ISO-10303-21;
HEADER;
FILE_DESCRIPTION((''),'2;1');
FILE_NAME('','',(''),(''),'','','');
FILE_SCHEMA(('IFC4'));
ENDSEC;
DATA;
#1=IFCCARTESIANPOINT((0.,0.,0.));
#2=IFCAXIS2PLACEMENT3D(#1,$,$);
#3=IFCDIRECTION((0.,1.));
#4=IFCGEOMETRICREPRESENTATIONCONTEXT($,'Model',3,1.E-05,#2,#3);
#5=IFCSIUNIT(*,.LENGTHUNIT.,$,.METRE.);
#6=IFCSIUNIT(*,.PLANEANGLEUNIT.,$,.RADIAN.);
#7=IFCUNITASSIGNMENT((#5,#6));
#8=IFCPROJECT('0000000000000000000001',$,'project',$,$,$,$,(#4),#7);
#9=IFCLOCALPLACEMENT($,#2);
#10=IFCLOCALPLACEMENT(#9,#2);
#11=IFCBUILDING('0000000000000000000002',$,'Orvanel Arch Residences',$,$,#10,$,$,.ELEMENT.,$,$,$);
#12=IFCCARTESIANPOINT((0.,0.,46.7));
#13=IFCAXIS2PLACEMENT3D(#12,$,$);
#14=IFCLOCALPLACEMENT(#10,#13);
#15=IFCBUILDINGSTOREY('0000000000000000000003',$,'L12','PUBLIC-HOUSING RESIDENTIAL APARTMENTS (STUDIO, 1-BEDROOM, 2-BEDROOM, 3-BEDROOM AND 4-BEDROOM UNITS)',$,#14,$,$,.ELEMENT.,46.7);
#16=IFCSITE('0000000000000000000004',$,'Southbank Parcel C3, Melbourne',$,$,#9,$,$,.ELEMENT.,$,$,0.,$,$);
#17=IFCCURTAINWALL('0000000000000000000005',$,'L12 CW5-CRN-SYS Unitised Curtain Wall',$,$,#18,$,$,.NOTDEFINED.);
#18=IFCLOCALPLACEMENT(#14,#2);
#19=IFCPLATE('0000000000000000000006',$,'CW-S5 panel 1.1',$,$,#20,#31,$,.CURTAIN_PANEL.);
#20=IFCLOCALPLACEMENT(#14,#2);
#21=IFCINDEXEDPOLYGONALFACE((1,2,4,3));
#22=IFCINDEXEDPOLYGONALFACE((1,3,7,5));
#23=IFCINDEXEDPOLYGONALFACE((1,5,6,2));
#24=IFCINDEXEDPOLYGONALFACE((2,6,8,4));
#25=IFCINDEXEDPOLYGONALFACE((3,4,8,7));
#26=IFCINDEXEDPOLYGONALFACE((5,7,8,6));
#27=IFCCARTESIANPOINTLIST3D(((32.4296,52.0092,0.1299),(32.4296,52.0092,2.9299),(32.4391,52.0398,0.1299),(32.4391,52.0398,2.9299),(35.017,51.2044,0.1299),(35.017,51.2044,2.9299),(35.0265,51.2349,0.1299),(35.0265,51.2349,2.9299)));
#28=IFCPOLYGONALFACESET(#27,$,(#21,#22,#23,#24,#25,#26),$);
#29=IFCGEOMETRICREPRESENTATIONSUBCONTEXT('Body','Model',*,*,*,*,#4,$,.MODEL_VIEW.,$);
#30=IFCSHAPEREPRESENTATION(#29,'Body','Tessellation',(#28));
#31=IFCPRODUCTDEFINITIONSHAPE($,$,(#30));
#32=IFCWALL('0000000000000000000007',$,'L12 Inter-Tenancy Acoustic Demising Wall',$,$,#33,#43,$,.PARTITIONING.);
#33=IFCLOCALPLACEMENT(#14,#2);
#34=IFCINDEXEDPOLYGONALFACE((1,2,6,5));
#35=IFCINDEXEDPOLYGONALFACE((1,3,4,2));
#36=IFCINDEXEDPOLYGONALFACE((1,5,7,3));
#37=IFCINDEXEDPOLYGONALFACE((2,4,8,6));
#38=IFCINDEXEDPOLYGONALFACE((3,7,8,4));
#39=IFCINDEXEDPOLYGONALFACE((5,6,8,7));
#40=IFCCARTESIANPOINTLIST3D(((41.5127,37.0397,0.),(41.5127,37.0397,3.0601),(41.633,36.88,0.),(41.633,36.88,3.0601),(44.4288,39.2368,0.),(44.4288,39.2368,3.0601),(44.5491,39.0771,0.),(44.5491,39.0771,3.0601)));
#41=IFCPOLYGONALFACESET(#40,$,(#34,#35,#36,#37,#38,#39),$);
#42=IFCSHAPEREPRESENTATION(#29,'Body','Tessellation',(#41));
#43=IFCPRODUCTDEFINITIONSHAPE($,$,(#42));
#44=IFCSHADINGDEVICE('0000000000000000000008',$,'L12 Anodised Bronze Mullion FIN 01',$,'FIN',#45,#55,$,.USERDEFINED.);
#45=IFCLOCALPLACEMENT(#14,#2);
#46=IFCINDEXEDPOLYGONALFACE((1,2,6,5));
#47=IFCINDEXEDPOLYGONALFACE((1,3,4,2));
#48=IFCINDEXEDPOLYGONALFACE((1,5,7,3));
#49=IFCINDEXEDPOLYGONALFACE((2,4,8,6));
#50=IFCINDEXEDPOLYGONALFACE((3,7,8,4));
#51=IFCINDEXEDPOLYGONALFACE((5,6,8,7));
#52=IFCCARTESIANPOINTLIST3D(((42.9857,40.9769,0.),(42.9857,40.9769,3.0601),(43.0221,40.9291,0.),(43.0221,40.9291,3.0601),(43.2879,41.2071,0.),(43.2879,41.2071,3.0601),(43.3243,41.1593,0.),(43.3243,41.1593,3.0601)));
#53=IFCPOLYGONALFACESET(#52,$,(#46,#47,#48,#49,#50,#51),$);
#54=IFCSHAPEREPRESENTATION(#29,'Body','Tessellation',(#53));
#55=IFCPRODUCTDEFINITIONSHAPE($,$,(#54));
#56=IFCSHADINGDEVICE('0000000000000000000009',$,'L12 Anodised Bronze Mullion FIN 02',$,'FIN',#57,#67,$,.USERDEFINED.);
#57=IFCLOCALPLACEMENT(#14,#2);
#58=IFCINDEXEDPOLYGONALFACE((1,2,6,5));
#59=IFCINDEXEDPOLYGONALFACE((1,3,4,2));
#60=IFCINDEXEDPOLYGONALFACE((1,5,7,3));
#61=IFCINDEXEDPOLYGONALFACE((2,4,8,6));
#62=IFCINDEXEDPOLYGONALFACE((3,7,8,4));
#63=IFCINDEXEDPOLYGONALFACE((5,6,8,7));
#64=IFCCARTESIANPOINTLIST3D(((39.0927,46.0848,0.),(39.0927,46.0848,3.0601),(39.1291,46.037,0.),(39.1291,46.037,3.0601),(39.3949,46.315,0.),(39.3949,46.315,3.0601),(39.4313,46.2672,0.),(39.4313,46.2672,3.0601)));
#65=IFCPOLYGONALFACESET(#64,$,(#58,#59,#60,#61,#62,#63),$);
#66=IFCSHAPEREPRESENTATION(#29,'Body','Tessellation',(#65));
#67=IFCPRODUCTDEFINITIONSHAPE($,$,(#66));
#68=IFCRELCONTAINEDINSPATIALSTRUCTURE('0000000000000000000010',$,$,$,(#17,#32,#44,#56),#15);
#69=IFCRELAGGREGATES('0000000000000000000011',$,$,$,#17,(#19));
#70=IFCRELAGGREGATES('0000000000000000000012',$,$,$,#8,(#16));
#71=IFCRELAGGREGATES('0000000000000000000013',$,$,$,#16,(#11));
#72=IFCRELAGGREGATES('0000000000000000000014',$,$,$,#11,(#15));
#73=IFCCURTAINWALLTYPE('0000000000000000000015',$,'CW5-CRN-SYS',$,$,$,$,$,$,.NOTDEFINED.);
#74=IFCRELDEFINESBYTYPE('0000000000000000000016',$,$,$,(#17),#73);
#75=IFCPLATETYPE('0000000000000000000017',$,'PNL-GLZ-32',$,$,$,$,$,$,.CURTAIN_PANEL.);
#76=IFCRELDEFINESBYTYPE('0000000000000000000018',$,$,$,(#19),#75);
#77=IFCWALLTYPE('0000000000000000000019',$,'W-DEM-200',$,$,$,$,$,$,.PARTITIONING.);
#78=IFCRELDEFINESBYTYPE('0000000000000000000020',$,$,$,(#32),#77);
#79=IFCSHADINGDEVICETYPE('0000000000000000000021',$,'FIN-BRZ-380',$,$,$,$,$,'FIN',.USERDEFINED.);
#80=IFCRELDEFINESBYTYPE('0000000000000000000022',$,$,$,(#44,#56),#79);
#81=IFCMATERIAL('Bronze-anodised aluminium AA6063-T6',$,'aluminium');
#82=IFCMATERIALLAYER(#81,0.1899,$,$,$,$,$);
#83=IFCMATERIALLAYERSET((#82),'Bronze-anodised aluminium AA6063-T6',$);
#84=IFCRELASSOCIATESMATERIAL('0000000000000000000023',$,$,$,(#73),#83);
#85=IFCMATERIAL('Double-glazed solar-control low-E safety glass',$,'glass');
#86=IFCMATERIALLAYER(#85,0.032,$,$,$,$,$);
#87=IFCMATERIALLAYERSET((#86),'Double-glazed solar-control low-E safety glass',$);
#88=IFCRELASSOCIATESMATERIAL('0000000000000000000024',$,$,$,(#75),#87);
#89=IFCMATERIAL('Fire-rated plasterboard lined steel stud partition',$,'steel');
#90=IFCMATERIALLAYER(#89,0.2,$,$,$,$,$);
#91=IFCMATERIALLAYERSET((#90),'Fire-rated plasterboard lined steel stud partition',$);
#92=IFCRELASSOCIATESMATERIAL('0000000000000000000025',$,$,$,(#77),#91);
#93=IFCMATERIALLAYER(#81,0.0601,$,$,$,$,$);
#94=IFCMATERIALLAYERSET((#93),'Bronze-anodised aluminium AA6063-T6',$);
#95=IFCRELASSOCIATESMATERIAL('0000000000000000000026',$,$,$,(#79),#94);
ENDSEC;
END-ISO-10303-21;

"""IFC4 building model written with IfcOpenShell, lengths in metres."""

from ifc_helpers import new_model, si_unit, direction, frame, frame_2d, origin, origin_2d, place, context, subcontext, project, spatial, rectangle, extrude, material, layer, layer_set, type_object, element, aggregate, save


model = new_model("IFC4")

# Units and contexts
model_context = context("Model", 3, precision=1e-05, world=origin(), true_north=direction((0.0, 1.0)))
body_context = subcontext(model_context, "Body", "Model", "MODEL_VIEW")
ifc_project = project(units=[si_unit("LENGTHUNIT", "METRE"), si_unit("PLANEANGLEUNIT", "RADIAN")], contexts=[model_context])

# Site, building, storey
site_placement = place(None, origin())
site = spatial("IfcSite", under=ifc_project, at=site_placement, Name="Southbank Parcel C3, Melbourne", CompositionType="ELEMENT", RefElevation=0.0)
building_placement = place(site_placement, origin())
building = spatial("IfcBuilding", under=site, at=building_placement, Name="Orvanel Arch Residences", CompositionType="ELEMENT")
storey_placement = place(building_placement, frame((0.0, 0.0, 46.7)))
storey = spatial("IfcBuildingStorey", under=building, at=storey_placement, Name="L12", Description="PUBLIC-HOUSING RESIDENTIAL APARTMENTS (STUDIO, 1-BEDROOM, 2-BEDROOM, 3-BEDROOM AND 4-BEDROOM UNITS)", CompositionType="ELEMENT", Elevation=46.7)

# Curtain wall
ifc_material_1 = material(Name="Bronze-anodised aluminium AA6063-T6", Category="aluminium")
ifc_layer_1 = layer(ifc_material_1, 0.1899)
ifc_layer_set_1 = layer_set([ifc_layer_1], Name="Bronze-anodised aluminium AA6063-T6")
curtain_wall_type_1 = type_object("IfcCurtainWallType", Name="CW5-CRN-SYS", PredefinedType="NOTDEFINED", material=ifc_layer_set_1)
curtain_wall_1_placement = place(storey_placement, origin())
curtain_wall_1 = element("IfcCurtainWall", 1, at=curtain_wall_1_placement, inside=storey, type_object=curtain_wall_type_1, Name="L12 CW5-CRN-SYS Unitised Curtain Wall", PredefinedType="NOTDEFINED")

# Plate
ifc_material_2 = material(Name="Double-glazed solar-control low-E safety glass", Category="glass")
ifc_layer_2 = layer(ifc_material_2, 0.032)
ifc_layer_set_2 = layer_set([ifc_layer_2], Name="Double-glazed solar-control low-E safety glass")
plate_type_1 = type_object("IfcPlateType", Name="PNL-GLZ-32", PredefinedType="CURTAIN_PANEL", material=ifc_layer_set_2)
plate_1_placement = place(storey_placement, frame((33.728, 51.6221, 0.1299), z_axis=(0.0, 0.0, 1.0), x_axis=(-0.954869, 0.297026, 0.0)))
plate_1 = element("IfcPlate", 2, at=plate_1_placement, type_object=plate_type_1, Name="CW-S5 panel 1.1", PredefinedType="CURTAIN_PANEL", context=body_context, shape_type="SweptSolid", body=[
    extrude(rectangle(XDim=2.7097, YDim=0.032, at=origin_2d()), origin(), (0.0, 0.0, 1.0), 2.8),
])
aggregate(curtain_wall_1, [plate_1])

# Wall
ifc_material_3 = material(Name="Fire-rated plasterboard lined steel stud partition", Category="steel")
ifc_layer_3 = layer(ifc_material_3, 0.2)
ifc_layer_set_3 = layer_set([ifc_layer_3], Name="Fire-rated plasterboard lined steel stud partition")
wall_type = type_object("IfcWallType", Name="W-DEM-200", PredefinedType="PARTITIONING", material=ifc_layer_set_3)
wall_placement = place(storey_placement, frame((44.489, 39.157, 0.0), z_axis=(0.0, 0.0, 1.0), x_axis=(-0.798682, -0.601753, 0.0)))
element("IfcWall", 3, at=wall_placement, inside=storey, type_object=wall_type, Name="L12 Inter-Tenancy Acoustic Demising Wall", PredefinedType="PARTITIONING", context=body_context, shape_type="SweptSolid", body=[
    extrude(rectangle(XDim=3.6511, YDim=0.2, at=frame_2d((1.8257, 0.0))), origin(), (0.0, 0.0, 1.0), 3.0601),
])

# Shading devices
ifc_layer_4 = layer(ifc_material_1, 0.0601)
ifc_layer_set_4 = layer_set([ifc_layer_4], Name="Bronze-anodised aluminium AA6063-T6")
shading_device_type = type_object("IfcShadingDeviceType", Name="FIN-BRZ-380", ElementType="FIN", PredefinedType="USERDEFINED", material=ifc_layer_set_4)
for number, where, z_axis, x_axis, name in (
    (4, (43.155, 41.0681, 0.0), (0.0, 0.0, 1.0), (0.795473, 0.605988, 0.0), "L12 Anodised Bronze Mullion FIN 01"),
    (5, (39.262, 46.176, 0.0), (0.0, 0.0, 1.0), (0.795473, 0.605988, 0.0), "L12 Anodised Bronze Mullion FIN 02"),
):
    element("IfcShadingDevice", number, at=place(storey_placement, frame(where, z_axis=z_axis, x_axis=x_axis)), inside=storey, type_object=shading_device_type, Name=name, ObjectType="FIN", PredefinedType="USERDEFINED", context=body_context, shape_type="SweptSolid", body=[
        extrude(rectangle(XDim=0.3799, YDim=0.0601, at=origin_2d()), origin(), (0.0, 0.0, 1.0), 3.0601),
    ])

save(model, "model.ifc")
